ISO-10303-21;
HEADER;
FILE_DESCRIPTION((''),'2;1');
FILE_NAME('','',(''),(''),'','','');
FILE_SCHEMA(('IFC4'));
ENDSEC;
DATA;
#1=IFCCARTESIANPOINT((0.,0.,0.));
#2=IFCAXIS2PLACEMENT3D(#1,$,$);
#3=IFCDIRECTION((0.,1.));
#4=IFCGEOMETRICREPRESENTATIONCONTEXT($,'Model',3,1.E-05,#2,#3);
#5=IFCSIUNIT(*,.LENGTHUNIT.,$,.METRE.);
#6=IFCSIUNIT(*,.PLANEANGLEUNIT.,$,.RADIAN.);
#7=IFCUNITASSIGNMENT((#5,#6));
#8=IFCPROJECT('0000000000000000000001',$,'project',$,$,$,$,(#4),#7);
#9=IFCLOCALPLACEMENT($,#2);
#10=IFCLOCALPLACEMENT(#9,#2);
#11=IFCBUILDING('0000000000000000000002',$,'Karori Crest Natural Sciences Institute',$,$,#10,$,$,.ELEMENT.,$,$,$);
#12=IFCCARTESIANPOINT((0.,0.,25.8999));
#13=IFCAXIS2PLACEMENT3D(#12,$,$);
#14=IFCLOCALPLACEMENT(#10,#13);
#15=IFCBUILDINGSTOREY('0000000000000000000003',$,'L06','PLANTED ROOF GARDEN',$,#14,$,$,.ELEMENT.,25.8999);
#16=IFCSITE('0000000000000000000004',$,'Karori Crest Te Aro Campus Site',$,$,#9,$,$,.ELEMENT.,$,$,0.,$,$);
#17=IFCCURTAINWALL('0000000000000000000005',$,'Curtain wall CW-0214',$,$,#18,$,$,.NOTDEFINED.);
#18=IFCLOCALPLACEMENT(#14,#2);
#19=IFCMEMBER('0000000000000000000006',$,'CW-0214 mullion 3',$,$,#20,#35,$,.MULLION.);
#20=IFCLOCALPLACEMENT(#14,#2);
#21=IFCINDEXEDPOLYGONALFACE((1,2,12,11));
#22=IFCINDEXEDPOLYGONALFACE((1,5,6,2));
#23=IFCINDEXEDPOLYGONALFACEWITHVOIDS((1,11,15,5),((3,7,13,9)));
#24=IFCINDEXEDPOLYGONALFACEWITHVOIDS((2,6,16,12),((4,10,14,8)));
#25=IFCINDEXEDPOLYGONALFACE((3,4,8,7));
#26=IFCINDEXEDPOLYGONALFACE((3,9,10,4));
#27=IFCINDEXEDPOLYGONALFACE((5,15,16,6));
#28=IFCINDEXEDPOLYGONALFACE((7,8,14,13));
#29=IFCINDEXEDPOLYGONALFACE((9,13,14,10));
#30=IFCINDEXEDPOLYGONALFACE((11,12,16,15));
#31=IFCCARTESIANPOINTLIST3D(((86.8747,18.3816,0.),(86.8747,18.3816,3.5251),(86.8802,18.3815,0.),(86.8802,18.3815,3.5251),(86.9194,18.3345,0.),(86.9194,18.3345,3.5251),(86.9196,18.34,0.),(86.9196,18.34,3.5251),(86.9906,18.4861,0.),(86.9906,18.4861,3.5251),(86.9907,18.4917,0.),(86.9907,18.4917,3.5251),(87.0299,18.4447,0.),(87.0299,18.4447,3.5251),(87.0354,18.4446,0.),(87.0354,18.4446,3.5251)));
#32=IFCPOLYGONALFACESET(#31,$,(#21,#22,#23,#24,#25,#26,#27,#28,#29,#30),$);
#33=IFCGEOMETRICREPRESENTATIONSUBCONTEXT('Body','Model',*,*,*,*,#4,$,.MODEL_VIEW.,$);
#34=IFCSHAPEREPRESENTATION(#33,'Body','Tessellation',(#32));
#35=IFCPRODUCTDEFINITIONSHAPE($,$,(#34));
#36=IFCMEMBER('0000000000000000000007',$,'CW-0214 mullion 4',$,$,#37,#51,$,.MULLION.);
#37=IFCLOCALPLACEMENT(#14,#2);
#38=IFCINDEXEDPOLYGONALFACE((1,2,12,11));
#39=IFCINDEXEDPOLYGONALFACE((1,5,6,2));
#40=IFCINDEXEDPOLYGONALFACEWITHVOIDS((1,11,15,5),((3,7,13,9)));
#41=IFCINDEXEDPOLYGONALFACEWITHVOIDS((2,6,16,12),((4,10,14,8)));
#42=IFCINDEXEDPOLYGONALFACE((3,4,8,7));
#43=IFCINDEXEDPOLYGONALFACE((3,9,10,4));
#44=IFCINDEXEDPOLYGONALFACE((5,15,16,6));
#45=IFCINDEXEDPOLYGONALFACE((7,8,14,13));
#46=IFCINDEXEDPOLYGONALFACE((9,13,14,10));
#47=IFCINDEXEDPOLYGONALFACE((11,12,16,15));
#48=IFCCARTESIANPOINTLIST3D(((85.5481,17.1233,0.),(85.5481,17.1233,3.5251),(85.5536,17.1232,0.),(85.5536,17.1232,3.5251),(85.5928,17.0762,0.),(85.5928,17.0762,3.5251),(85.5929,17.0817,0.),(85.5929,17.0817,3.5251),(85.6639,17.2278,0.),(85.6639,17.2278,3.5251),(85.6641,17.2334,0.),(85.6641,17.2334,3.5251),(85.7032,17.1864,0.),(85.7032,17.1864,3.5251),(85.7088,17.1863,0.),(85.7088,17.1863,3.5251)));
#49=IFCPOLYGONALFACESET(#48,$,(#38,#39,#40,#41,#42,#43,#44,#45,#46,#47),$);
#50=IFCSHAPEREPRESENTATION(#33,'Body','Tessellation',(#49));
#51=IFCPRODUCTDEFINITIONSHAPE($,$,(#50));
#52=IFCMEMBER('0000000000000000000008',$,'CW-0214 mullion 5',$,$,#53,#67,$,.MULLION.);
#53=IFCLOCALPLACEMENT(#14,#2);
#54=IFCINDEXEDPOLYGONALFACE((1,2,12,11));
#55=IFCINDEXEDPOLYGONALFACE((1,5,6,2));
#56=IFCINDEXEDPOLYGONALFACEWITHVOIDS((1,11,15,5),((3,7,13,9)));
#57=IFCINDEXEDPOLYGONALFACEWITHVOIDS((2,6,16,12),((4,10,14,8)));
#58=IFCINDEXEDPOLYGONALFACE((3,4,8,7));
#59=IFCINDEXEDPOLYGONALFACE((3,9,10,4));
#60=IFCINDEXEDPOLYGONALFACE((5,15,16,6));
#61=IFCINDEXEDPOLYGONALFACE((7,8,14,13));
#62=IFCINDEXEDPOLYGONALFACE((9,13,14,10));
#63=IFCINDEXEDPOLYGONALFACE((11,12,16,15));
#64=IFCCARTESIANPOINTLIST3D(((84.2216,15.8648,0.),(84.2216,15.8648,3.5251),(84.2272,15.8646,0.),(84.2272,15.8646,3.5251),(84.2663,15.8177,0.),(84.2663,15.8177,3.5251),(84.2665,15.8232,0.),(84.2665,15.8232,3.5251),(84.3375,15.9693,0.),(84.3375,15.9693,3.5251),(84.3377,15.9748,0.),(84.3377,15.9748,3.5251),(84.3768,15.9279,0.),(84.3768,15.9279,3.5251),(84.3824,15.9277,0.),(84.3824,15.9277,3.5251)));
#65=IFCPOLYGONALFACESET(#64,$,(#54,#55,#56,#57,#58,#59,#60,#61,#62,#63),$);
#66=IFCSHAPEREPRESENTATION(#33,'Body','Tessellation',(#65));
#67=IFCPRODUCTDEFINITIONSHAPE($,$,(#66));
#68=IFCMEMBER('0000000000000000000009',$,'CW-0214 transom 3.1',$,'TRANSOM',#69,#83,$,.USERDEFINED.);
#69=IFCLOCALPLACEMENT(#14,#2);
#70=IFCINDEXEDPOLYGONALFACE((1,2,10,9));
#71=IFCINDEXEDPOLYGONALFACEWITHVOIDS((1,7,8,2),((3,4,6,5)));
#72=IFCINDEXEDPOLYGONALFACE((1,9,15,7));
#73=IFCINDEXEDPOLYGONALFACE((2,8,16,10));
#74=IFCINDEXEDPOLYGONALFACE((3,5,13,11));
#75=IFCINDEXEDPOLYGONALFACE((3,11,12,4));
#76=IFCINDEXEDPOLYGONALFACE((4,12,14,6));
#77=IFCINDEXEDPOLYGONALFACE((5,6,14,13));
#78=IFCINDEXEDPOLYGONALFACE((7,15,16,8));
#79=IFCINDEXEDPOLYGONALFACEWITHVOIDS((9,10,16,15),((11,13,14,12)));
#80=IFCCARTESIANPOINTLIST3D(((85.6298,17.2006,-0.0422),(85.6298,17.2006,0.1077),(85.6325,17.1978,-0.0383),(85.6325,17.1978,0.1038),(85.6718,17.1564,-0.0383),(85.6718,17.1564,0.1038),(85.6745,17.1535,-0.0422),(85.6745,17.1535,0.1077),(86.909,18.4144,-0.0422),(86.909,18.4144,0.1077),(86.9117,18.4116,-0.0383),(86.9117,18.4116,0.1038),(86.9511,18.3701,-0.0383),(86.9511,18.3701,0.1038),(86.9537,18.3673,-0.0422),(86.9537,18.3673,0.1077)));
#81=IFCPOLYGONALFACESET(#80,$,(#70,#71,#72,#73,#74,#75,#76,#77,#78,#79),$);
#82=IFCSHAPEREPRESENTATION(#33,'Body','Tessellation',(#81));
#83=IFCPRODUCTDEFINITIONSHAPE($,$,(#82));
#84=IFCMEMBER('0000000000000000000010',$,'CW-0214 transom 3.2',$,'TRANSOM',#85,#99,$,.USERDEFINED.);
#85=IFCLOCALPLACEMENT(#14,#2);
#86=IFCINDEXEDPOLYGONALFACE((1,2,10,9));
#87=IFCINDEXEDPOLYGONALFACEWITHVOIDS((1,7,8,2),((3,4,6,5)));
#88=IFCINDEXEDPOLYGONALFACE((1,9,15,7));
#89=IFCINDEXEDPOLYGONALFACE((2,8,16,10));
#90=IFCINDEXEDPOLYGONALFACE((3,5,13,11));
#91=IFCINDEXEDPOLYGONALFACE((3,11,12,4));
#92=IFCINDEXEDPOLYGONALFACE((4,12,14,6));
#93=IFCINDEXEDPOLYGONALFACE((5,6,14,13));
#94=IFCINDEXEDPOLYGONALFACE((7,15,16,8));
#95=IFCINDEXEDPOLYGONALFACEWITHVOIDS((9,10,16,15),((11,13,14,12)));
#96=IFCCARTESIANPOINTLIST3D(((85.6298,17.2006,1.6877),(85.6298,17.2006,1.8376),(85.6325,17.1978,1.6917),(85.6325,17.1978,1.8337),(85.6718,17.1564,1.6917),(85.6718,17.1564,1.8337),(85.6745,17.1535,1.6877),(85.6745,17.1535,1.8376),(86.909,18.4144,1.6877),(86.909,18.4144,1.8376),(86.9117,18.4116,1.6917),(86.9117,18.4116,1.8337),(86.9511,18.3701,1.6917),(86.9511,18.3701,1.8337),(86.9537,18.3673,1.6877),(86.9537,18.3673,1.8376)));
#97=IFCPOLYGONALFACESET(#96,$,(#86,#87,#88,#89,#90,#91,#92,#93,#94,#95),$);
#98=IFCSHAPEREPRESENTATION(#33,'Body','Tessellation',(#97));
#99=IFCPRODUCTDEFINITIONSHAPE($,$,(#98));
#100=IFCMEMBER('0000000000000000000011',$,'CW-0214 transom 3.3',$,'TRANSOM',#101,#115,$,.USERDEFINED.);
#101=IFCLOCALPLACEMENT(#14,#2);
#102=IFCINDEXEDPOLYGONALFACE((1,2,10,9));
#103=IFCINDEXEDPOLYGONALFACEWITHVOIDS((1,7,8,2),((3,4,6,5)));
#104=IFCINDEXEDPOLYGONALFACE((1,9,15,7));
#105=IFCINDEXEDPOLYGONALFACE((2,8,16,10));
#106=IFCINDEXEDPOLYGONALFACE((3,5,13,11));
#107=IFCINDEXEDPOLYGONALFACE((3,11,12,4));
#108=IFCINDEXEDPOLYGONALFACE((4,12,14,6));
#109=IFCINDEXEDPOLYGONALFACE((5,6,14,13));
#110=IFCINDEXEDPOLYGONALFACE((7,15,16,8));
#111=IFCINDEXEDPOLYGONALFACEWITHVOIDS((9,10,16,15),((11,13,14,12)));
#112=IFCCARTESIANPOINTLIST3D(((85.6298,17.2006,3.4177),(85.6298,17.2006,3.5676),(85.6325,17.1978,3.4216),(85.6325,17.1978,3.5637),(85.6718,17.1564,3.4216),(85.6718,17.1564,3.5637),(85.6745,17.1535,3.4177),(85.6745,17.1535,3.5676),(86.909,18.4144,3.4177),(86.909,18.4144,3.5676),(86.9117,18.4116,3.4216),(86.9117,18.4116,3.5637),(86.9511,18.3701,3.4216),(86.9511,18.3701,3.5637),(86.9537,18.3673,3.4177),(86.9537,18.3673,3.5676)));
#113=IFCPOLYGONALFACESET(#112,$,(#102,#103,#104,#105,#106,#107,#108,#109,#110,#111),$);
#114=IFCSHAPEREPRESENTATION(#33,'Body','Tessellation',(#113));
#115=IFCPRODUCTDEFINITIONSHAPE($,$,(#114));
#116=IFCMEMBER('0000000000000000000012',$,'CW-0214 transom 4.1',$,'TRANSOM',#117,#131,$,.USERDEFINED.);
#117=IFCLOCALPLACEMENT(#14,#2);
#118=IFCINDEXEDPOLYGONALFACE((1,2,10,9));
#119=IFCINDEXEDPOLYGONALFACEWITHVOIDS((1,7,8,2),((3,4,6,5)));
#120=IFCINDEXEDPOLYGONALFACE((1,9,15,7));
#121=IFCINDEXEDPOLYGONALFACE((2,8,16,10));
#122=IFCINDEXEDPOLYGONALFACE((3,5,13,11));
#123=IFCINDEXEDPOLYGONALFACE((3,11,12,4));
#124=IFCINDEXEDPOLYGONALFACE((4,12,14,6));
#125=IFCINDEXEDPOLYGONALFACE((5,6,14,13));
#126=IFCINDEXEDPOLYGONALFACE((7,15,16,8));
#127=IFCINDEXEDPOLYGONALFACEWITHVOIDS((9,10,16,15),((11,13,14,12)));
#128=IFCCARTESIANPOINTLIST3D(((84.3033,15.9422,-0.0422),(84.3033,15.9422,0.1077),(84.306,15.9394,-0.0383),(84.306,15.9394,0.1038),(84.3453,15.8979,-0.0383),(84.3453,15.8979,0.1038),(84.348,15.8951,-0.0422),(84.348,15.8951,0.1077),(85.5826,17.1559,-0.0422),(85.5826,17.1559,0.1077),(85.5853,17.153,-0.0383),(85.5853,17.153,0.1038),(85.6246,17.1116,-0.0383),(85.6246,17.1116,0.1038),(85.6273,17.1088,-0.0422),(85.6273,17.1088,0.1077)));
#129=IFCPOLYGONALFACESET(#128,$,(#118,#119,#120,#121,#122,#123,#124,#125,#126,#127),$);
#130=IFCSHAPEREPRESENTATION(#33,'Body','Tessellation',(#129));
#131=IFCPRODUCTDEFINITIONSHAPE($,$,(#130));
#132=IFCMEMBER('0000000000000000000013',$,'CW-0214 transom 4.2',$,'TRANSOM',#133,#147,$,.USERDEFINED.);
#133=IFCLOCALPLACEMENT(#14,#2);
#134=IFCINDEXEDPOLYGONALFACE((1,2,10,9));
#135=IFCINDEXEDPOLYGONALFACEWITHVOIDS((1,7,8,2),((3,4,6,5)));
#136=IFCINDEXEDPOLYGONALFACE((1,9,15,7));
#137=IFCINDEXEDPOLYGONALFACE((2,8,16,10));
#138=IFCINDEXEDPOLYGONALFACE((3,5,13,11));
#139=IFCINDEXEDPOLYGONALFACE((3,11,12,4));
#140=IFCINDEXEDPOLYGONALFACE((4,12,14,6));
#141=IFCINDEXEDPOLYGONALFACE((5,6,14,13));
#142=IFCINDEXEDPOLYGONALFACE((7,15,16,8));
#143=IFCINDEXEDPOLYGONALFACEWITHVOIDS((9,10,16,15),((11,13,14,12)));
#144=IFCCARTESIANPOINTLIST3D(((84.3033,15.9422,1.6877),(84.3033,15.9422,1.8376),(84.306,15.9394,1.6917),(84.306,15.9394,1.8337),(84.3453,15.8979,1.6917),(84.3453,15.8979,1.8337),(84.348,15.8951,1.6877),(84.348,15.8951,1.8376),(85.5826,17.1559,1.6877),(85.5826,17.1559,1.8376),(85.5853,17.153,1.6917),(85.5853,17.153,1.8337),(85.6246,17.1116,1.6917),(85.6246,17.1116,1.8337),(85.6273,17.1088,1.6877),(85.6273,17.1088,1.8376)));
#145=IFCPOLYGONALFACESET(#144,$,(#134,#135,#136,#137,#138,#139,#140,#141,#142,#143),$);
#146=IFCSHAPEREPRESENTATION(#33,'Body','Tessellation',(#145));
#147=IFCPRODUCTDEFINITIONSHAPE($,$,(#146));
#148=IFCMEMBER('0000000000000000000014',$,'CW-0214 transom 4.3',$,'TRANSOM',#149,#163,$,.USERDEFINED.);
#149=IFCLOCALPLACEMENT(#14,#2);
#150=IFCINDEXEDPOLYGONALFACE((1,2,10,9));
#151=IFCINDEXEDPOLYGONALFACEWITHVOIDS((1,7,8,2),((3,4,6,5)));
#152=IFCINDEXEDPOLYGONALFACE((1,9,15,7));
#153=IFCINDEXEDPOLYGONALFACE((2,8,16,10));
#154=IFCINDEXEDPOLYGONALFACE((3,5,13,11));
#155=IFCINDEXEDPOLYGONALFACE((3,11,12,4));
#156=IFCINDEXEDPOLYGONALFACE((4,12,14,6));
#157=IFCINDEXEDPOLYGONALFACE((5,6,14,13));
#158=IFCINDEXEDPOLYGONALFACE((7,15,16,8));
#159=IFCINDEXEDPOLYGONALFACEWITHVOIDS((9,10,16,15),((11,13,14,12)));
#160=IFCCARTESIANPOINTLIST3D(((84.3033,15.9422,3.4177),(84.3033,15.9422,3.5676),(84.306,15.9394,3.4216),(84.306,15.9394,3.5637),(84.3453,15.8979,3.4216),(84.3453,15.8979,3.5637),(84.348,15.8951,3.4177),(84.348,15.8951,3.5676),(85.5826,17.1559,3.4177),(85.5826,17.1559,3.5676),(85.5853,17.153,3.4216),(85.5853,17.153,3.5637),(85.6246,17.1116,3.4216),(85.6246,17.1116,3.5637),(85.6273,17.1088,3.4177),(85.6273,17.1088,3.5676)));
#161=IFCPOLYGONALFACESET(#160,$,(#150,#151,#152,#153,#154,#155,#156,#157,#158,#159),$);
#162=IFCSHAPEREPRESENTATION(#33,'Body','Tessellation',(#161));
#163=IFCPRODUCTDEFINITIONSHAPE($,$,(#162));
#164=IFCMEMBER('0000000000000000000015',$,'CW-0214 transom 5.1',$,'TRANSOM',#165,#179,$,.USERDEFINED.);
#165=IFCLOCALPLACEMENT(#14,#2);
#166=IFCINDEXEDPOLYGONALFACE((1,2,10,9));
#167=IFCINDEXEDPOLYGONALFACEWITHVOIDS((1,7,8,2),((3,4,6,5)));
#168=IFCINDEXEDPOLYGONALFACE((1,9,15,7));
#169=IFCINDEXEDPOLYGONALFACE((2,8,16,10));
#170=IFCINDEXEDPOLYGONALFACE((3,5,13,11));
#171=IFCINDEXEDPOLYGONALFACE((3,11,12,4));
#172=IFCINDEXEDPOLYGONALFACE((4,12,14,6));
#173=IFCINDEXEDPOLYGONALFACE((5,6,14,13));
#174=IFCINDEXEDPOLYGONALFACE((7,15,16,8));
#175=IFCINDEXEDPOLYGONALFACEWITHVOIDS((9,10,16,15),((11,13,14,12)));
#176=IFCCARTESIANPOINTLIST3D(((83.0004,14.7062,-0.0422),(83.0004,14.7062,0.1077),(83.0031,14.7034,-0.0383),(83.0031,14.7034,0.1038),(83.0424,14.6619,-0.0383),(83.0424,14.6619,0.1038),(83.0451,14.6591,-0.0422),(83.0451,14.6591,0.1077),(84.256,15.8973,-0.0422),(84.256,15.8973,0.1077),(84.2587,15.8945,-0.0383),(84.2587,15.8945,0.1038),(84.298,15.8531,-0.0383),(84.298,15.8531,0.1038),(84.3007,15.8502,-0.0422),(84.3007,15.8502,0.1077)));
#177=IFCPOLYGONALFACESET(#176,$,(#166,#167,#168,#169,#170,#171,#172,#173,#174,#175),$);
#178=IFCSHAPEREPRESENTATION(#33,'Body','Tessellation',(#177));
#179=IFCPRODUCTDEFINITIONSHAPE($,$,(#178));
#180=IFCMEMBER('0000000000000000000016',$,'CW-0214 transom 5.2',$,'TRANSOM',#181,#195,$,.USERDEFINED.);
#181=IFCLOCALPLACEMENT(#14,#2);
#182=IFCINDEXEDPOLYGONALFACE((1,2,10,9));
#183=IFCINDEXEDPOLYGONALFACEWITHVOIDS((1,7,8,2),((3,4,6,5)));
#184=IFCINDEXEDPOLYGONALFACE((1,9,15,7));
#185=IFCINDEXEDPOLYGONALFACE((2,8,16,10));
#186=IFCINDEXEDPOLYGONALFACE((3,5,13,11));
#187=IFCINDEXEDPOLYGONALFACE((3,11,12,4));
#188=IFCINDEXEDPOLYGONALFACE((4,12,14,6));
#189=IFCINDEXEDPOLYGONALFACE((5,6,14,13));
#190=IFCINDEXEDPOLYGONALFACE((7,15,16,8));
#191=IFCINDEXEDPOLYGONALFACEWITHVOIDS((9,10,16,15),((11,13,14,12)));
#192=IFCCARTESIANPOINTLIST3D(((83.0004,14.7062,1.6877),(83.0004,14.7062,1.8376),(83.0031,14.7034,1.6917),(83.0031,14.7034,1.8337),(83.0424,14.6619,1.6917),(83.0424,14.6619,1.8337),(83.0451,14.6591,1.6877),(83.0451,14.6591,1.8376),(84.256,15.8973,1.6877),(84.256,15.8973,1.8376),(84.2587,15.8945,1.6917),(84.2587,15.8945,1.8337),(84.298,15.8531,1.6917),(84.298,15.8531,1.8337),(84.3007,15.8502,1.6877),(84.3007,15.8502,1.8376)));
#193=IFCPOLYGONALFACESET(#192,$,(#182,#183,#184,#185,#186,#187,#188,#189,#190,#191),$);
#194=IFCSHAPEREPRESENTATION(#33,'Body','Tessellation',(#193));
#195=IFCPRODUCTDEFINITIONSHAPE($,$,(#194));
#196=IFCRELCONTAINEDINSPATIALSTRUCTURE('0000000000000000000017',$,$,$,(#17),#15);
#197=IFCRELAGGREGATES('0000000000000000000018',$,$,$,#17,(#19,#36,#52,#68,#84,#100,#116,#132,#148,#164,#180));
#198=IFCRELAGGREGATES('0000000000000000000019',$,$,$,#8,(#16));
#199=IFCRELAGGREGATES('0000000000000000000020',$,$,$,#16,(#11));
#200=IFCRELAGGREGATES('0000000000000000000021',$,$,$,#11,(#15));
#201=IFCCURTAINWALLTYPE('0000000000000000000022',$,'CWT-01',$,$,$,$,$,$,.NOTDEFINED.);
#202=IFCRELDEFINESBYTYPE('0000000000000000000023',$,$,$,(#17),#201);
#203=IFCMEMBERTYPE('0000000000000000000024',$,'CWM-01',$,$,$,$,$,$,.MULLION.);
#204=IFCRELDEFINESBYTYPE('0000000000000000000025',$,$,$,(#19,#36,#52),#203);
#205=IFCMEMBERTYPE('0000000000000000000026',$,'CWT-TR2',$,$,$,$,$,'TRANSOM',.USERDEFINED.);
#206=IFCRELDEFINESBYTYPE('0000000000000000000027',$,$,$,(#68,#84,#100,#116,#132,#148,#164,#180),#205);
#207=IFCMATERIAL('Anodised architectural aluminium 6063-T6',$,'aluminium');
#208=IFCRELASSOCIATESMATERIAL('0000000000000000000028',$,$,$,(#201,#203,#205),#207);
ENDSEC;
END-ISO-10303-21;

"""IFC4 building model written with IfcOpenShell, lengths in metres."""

from ifc_helpers import new_model, si_unit, direction, frame, origin, origin_2d, place, context, subcontext, project, spatial, hollow_rectangle, extrude, material, material_profile, profile_set, type_object, element, aggregate, save


model = new_model("IFC4")

# Units and contexts
model_context = context("Model", 3, precision=1e-05, world=origin(), true_north=direction((0.0, 1.0)))
body_context = subcontext(model_context, "Body", "Model", "MODEL_VIEW")
ifc_project = project(units=[si_unit("LENGTHUNIT", "METRE"), si_unit("PLANEANGLEUNIT", "RADIAN")], contexts=[model_context])

# Site, building, storey
site_placement = place(None, origin())
site = spatial("IfcSite", under=ifc_project, at=site_placement, Name="Karori Crest Te Aro Campus Site", CompositionType="ELEMENT", RefElevation=0.0)
building_placement = place(site_placement, origin())
building = spatial("IfcBuilding", under=site, at=building_placement, Name="Karori Crest Natural Sciences Institute", CompositionType="ELEMENT")
storey_placement = place(building_placement, frame((0.0, 0.0, 25.8999)))
storey = spatial("IfcBuildingStorey", under=building, at=storey_placement, Name="L06", Description="PLANTED ROOF GARDEN", CompositionType="ELEMENT", Elevation=25.8999)

# Curtain wall, members
ifc_material_1 = material(Name="Anodised architectural aluminium 6063-T6", Category="aluminium")
curtain_wall_type = type_object("IfcCurtainWallType", Name="CWT-01", PredefinedType="NOTDEFINED", material=ifc_material_1)
curtain_wall_placement = place(storey_placement, origin())
curtain_wall = element("IfcCurtainWall", 1, at=curtain_wall_placement, inside=storey, type_object=curtain_wall_type, Name="Curtain wall CW-0214", PredefinedType="NOTDEFINED")
ifc_material_profile_1 = material_profile(ifc_material_1, hollow_rectangle(XDim=0.0649, YDim=0.1599, WallThickness=0.0039, at=origin_2d()), Name="CWM160x65x4")
ifc_profile_set_1 = profile_set([ifc_material_profile_1], Name="Anodised architectural aluminium 6063-T6")
member_type_1 = type_object("IfcMemberType", Name="CWM-01", PredefinedType="MULLION", material=ifc_profile_set_1)
member_1_placement = place(storey_placement, frame((86.9551, 18.4131, 0.0), z_axis=(0.0, 0.0, 1.0), x_axis=(0.688251, -0.725473, 0.0)))
member_1 = element("IfcMember", 2, at=member_1_placement, type_object=member_type_1, Name="CW-0214 mullion 3", PredefinedType="MULLION", context=body_context, shape_type="SweptSolid", body=[
    extrude(hollow_rectangle(XDim=0.0649, YDim=0.1599, WallThickness=0.0039, at=origin_2d()), origin(), (0.0, 0.0, 1.0), 3.5251),
])
member_2_placement = place(storey_placement, frame((85.6284, 17.1548, 0.0), z_axis=(0.0, 0.0, 1.0), x_axis=(0.688251, -0.725473, 0.0)))
member_2 = element("IfcMember", 3, at=member_2_placement, type_object=member_type_1, Name="CW-0214 mullion 4", PredefinedType="MULLION", context=body_context, shape_type="SweptSolid", body=[
    extrude(hollow_rectangle(XDim=0.0649, YDim=0.1599, WallThickness=0.0039, at=origin_2d()), origin(), (0.0, 0.0, 1.0), 3.5251),
])
member_3_placement = place(storey_placement, frame((84.302, 15.8962, 0.0), z_axis=(0.0, 0.0, 1.0), x_axis=(0.688251, -0.725473, 0.0)))
member_3 = element("IfcMember", 4, at=member_3_placement, type_object=member_type_1, Name="CW-0214 mullion 5", PredefinedType="MULLION", context=body_context, shape_type="SweptSolid", body=[
    extrude(hollow_rectangle(XDim=0.0649, YDim=0.1599, WallThickness=0.0039, at=origin_2d()), origin(), (0.0, 0.0, 1.0), 3.5251),
])
ifc_material_profile_2 = material_profile(ifc_material_1, hollow_rectangle(XDim=0.0649, YDim=0.1499, WallThickness=0.0039, at=origin_2d()), Name="CWT150x65x4")
ifc_profile_set_2 = profile_set([ifc_material_profile_2], Name="Anodised architectural aluminium 6063-T6")
member_type_2 = type_object("IfcMemberType", Name="CWT-TR2", ElementType="TRANSOM", PredefinedType="USERDEFINED", material=ifc_profile_set_2)
member_4_placement = place(storey_placement, frame((86.9314, 18.3909, 0.0327), z_axis=(-0.725414, -0.688313, 0.0), x_axis=(0.688313, -0.725414, 0.0)))
member_4 = element("IfcMember", 5, at=member_4_placement, type_object=member_type_2, Name="CW-0214 transom 3.1", ObjectType="TRANSOM", PredefinedType="USERDEFINED", context=body_context, shape_type="SweptSolid", body=[
    extrude(hollow_rectangle(XDim=0.0649, YDim=0.1499, WallThickness=0.0039, at=origin_2d()), origin(), (0.0, 0.0, 1.0), 1.7634),
])
member_5_placement = place(storey_placement, frame((86.9314, 18.3909, 1.7627), z_axis=(-0.725414, -0.688313, 0.0), x_axis=(0.688313, -0.725414, 0.0)))
member_5 = element("IfcMember", 6, at=member_5_placement, type_object=member_type_2, Name="CW-0214 transom 3.2", ObjectType="TRANSOM", PredefinedType="USERDEFINED", context=body_context, shape_type="SweptSolid", body=[
    extrude(hollow_rectangle(XDim=0.0649, YDim=0.1499, WallThickness=0.0039, at=origin_2d()), origin(), (0.0, 0.0, 1.0), 1.7634),
])
member_6_placement = place(storey_placement, frame((86.9314, 18.3909, 3.4927), z_axis=(-0.725414, -0.688313, 0.0), x_axis=(0.688313, -0.725414, 0.0)))
member_6 = element("IfcMember", 7, at=member_6_placement, type_object=member_type_2, Name="CW-0214 transom 3.3", ObjectType="TRANSOM", PredefinedType="USERDEFINED", context=body_context, shape_type="SweptSolid", body=[
    extrude(hollow_rectangle(XDim=0.0649, YDim=0.1499, WallThickness=0.0039, at=origin_2d()), origin(), (0.0, 0.0, 1.0), 1.7634),
])
member_7_placement = place(storey_placement, frame((85.605, 17.1323, 0.0327), z_axis=(-0.725483, -0.68824, 0.0), x_axis=(0.68824, -0.725483, 0.0)))
member_7 = element("IfcMember", 8, at=member_7_placement, type_object=member_type_2, Name="CW-0214 transom 4.1", ObjectType="TRANSOM", PredefinedType="USERDEFINED", context=body_context, shape_type="SweptSolid", body=[
    extrude(hollow_rectangle(XDim=0.0649, YDim=0.1499, WallThickness=0.0039, at=origin_2d()), origin(), (0.0, 0.0, 1.0), 1.7634),
])
member_8_placement = place(storey_placement, frame((85.605, 17.1323, 1.7627), z_axis=(-0.725483, -0.68824, 0.0), x_axis=(0.68824, -0.725483, 0.0)))
member_8 = element("IfcMember", 9, at=member_8_placement, type_object=member_type_2, Name="CW-0214 transom 4.2", ObjectType="TRANSOM", PredefinedType="USERDEFINED", context=body_context, shape_type="SweptSolid", body=[
    extrude(hollow_rectangle(XDim=0.0649, YDim=0.1499, WallThickness=0.0039, at=origin_2d()), origin(), (0.0, 0.0, 1.0), 1.7634),
])
member_9_placement = place(storey_placement, frame((85.605, 17.1323, 3.4927), z_axis=(-0.725483, -0.68824, 0.0), x_axis=(0.68824, -0.725483, 0.0)))
member_9 = element("IfcMember", 10, at=member_9_placement, type_object=member_type_2, Name="CW-0214 transom 4.3", ObjectType="TRANSOM", PredefinedType="USERDEFINED", context=body_context, shape_type="SweptSolid", body=[
    extrude(hollow_rectangle(XDim=0.0649, YDim=0.1499, WallThickness=0.0039, at=origin_2d()), origin(), (0.0, 0.0, 1.0), 1.7634),
])
member_10_placement = place(storey_placement, frame((84.2783, 15.8738, 0.0327), z_axis=(-0.725482, -0.688241, 0.0), x_axis=(0.688241, -0.725482, 0.0)))
member_10 = element("IfcMember", 11, at=member_10_placement, type_object=member_type_2, Name="CW-0214 transom 5.1", ObjectType="TRANSOM", PredefinedType="USERDEFINED", context=body_context, shape_type="SweptSolid", body=[
    extrude(hollow_rectangle(XDim=0.0649, YDim=0.1499, WallThickness=0.0039, at=origin_2d()), origin(), (0.0, 0.0, 1.0), 1.7307),
])
member_11_placement = place(storey_placement, frame((84.2783, 15.8738, 1.7627), z_axis=(-0.725482, -0.688241, 0.0), x_axis=(0.688241, -0.725482, 0.0)))
member_11 = element("IfcMember", 12, at=member_11_placement, type_object=member_type_2, Name="CW-0214 transom 5.2", ObjectType="TRANSOM", PredefinedType="USERDEFINED", context=body_context, shape_type="SweptSolid", body=[
    extrude(hollow_rectangle(XDim=0.0649, YDim=0.1499, WallThickness=0.0039, at=origin_2d()), origin(), (0.0, 0.0, 1.0), 1.7307),
])
aggregate(curtain_wall, [member_1, member_2, member_3, member_4, member_5, member_6, member_7, member_8, member_9, member_10, member_11])

save(model, "model.ifc")
